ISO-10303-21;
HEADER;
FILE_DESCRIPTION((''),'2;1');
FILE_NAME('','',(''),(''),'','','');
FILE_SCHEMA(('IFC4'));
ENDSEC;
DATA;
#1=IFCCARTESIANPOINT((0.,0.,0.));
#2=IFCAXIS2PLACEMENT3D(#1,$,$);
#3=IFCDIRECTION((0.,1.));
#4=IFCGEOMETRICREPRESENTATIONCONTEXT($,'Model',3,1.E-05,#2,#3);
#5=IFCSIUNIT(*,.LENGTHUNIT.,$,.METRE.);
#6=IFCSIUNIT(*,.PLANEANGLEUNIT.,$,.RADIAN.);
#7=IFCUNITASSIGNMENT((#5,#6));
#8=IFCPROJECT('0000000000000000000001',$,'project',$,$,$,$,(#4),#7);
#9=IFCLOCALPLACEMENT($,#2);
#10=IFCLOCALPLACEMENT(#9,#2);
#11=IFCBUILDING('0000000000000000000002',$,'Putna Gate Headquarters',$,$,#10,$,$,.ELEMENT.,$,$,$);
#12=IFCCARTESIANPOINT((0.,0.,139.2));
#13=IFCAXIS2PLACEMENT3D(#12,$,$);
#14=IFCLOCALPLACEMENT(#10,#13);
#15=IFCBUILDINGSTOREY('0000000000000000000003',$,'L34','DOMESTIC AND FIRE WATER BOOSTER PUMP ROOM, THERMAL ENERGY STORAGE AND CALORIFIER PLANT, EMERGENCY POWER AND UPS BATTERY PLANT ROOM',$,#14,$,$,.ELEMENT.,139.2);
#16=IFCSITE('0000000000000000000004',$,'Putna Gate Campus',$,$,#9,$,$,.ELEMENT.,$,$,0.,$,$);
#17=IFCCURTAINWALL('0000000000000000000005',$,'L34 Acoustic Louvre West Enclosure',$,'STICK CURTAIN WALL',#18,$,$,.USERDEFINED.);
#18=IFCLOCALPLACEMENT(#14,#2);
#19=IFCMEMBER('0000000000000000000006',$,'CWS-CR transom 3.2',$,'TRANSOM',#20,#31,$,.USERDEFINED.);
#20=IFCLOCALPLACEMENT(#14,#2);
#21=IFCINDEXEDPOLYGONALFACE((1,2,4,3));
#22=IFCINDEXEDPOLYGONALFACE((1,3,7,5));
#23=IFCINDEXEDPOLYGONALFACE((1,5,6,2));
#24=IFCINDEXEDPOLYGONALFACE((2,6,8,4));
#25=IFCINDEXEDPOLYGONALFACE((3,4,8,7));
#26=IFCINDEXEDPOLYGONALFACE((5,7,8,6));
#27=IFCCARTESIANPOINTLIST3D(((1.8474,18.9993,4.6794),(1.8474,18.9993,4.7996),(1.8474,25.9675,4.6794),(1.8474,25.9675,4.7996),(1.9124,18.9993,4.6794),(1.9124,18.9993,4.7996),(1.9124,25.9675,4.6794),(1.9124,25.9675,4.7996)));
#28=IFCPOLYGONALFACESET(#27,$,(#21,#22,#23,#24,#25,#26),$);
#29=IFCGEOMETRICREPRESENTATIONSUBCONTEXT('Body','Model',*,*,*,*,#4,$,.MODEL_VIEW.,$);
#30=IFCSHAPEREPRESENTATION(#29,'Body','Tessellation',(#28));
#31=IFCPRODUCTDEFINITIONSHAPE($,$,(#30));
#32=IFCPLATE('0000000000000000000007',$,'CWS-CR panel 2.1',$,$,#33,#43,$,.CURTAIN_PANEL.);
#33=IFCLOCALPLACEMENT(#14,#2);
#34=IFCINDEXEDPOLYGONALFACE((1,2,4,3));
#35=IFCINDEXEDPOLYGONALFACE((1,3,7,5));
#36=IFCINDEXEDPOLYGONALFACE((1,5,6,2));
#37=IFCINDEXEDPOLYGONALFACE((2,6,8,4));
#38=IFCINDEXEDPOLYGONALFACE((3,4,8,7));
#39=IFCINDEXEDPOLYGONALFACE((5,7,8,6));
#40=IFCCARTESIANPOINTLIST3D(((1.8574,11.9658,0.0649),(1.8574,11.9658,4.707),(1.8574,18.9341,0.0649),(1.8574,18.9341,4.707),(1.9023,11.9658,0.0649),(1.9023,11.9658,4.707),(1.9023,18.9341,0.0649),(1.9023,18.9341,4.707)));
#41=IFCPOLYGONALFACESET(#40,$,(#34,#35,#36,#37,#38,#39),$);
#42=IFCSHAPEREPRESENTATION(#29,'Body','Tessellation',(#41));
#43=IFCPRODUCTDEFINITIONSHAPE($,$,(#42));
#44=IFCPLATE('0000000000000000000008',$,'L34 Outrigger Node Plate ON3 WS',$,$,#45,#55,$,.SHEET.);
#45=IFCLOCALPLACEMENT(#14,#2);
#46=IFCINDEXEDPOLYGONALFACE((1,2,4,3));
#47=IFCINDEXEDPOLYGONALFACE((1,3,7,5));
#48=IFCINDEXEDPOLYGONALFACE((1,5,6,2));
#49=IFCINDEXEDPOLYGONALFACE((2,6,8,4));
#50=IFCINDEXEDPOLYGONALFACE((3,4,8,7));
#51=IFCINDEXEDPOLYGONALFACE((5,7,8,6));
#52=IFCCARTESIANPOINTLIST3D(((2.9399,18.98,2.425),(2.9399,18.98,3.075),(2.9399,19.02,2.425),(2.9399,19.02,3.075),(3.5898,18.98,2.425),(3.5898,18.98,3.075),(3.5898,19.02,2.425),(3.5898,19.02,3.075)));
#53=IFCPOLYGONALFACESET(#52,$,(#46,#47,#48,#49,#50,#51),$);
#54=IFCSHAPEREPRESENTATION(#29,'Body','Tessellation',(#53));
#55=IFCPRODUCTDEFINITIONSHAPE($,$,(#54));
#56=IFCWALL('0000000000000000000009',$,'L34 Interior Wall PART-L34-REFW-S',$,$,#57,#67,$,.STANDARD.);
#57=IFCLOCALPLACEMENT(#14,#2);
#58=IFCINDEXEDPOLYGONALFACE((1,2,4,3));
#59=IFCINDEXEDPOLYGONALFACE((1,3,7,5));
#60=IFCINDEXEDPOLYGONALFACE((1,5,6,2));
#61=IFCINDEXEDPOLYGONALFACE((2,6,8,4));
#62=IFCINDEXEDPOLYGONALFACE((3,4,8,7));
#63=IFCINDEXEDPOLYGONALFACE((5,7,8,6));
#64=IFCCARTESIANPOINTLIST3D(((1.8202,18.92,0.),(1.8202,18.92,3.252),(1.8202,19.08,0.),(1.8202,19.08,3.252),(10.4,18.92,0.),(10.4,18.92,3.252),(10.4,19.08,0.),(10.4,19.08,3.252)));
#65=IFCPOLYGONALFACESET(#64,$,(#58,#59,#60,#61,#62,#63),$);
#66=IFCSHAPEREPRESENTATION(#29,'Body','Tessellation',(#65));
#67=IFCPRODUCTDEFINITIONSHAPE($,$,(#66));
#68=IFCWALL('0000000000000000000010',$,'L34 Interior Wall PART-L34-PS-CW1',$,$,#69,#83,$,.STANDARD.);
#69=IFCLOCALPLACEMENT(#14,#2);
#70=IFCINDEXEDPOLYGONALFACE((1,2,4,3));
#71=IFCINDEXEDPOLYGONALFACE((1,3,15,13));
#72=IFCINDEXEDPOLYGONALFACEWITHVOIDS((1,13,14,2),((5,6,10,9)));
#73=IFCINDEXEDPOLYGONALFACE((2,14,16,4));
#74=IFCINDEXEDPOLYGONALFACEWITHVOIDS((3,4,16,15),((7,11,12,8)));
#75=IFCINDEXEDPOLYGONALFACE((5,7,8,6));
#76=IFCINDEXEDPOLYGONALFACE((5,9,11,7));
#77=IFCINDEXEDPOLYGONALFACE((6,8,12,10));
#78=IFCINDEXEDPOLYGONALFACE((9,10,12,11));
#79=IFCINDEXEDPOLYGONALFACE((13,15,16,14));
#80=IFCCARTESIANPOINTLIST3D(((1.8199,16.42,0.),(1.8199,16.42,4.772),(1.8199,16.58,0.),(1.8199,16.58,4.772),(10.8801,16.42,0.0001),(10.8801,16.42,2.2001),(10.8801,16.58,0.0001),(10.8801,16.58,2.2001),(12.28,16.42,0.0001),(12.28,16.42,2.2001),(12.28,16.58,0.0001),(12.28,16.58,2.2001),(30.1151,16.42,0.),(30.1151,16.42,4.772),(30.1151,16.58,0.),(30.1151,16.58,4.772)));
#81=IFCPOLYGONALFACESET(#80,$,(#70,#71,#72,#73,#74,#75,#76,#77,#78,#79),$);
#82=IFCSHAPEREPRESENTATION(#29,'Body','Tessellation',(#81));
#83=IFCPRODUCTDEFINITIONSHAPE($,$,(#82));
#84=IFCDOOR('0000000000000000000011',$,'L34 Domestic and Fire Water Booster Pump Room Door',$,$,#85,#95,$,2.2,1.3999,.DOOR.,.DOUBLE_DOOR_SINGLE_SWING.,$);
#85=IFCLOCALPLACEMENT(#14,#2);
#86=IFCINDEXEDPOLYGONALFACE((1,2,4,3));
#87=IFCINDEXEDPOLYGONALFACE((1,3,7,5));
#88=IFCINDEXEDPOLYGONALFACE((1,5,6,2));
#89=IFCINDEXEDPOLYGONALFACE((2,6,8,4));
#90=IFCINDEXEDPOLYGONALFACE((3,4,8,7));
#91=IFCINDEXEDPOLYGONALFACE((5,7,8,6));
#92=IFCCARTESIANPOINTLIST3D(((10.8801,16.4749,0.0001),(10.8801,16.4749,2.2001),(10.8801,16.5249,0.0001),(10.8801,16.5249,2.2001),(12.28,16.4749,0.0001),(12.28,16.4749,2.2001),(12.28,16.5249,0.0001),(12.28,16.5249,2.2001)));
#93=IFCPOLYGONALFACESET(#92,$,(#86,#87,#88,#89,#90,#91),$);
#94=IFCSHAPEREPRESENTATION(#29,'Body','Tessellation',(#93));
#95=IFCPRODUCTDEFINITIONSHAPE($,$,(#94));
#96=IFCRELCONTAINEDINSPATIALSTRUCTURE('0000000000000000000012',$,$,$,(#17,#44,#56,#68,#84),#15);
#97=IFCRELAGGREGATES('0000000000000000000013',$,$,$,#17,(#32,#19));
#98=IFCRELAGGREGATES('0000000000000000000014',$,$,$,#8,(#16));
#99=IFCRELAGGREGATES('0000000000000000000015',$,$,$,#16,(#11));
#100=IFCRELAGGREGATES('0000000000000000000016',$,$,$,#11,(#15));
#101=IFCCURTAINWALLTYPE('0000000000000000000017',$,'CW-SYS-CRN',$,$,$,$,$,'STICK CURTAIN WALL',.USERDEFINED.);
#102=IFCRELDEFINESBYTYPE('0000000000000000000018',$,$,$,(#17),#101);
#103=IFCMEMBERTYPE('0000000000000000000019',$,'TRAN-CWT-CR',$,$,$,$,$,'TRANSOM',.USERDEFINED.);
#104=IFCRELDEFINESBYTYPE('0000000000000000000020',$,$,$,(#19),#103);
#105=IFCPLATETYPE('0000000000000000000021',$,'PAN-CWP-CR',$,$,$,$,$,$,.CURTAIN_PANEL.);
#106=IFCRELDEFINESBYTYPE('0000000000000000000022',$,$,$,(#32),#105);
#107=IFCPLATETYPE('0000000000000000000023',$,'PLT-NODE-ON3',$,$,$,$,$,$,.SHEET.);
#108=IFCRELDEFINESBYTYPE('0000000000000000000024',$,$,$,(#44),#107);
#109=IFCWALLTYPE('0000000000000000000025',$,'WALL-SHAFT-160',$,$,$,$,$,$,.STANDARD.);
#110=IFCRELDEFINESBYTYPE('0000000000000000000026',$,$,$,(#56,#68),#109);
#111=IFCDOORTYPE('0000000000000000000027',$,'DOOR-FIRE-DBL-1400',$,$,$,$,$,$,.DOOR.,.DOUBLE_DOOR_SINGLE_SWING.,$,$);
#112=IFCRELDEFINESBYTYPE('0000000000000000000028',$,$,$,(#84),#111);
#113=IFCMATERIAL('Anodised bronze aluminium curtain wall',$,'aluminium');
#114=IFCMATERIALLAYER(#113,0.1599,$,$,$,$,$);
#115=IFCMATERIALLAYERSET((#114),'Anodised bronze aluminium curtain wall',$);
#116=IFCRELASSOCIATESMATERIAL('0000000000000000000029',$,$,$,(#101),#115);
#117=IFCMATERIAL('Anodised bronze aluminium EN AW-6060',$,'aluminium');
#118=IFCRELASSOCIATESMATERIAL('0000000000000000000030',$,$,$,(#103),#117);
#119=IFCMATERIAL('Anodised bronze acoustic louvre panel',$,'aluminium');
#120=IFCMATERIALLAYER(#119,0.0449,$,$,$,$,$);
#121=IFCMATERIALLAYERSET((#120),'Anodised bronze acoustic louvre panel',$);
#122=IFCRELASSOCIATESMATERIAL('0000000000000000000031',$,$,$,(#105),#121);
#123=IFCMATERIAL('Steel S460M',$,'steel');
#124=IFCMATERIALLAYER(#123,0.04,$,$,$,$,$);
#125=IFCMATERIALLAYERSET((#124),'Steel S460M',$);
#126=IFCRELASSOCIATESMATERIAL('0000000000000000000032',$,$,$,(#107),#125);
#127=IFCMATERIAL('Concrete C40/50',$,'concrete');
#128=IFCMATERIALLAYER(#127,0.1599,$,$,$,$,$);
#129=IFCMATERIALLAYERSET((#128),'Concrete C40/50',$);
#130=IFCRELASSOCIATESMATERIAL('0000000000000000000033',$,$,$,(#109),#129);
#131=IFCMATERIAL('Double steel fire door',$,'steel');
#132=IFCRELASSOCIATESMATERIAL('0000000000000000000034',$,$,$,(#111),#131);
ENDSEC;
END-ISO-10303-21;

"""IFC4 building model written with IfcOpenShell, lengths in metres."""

from ifc_helpers import new_model, si_unit, direction, frame, frame_2d, origin, origin_2d, place, context, subcontext, project, spatial, rectangle, extrude, material, layer, layer_set, material_profile, profile_set, type_object, element, fill, aggregate, save


model = new_model("IFC4")

# Units and contexts
model_context = context("Model", 3, precision=1e-05, world=origin(), true_north=direction((0.0, 1.0)))
body_context = subcontext(model_context, "Body", "Model", "MODEL_VIEW")
ifc_project = project(units=[si_unit("LENGTHUNIT", "METRE"), si_unit("PLANEANGLEUNIT", "RADIAN")], contexts=[model_context])

# Site, building, storey
site_placement = place(None, origin())
site = spatial("IfcSite", under=ifc_project, at=site_placement, Name="Putna Gate Campus", CompositionType="ELEMENT", RefElevation=0.0)
building_placement = place(site_placement, origin())
building = spatial("IfcBuilding", under=site, at=building_placement, Name="Putna Gate Headquarters", CompositionType="ELEMENT")
storey_placement = place(building_placement, frame((0.0, 0.0, 139.2)))
storey = spatial("IfcBuildingStorey", under=building, at=storey_placement, Name="L34", Description="DOMESTIC AND FIRE WATER BOOSTER PUMP ROOM, THERMAL ENERGY STORAGE AND CALORIFIER PLANT, EMERGENCY POWER AND UPS BATTERY PLANT ROOM", CompositionType="ELEMENT", Elevation=139.2)

# Shared definitions
ifc_material_1 = material(Name="Steel S460M", Category="steel")

# Curtain wall, member, plate
ifc_material_2 = material(Name="Anodised bronze aluminium curtain wall", Category="aluminium")
ifc_layer_1 = layer(ifc_material_2, 0.1599)
ifc_layer_set_1 = layer_set([ifc_layer_1], Name="Anodised bronze aluminium curtain wall")
curtain_wall_type = type_object("IfcCurtainWallType", Name="CW-SYS-CRN", ElementType="STICK CURTAIN WALL", PredefinedType="USERDEFINED", material=ifc_layer_set_1)
curtain_wall_placement = place(storey_placement, origin())
curtain_wall = element("IfcCurtainWall", 1, at=curtain_wall_placement, inside=storey, type_object=curtain_wall_type, Name="L34 Acoustic Louvre West Enclosure", ObjectType="STICK CURTAIN WALL", PredefinedType="USERDEFINED")
ifc_material_3 = material(Name="Anodised bronze aluminium EN AW-6060", Category="aluminium")
ifc_material_profile_1 = material_profile(ifc_material_3, rectangle(XDim=0.0649, YDim=0.1201, at=origin_2d()), Name="Anodised bronze aluminium EN AW-6060")
ifc_profile_set_1 = profile_set([ifc_material_profile_1], Name="Anodised bronze aluminium EN AW-6060")
member_type_1 = type_object("IfcMemberType", Name="TRAN-CWT-CR", ElementType="TRANSOM", PredefinedType="USERDEFINED", material=ifc_profile_set_1)
member_1_placement = place(storey_placement, frame((1.8799, 18.9993, 4.7395), z_axis=(0.0, 1.0, 0.0), x_axis=(-1.0, 0.0, 0.0)))
member_1 = element("IfcMember", 2, at=member_1_placement, type_object=member_type_1, Name="CWS-CR transom 3.2", ObjectType="TRANSOM", PredefinedType="USERDEFINED", context=body_context, shape_type="SweptSolid", body=[
    extrude(rectangle(XDim=0.0649, YDim=0.1201, at=origin_2d()), origin(), (0.0, 0.0, 1.0), 6.9683),
])
ifc_material_4 = material(Name="Anodised bronze acoustic louvre panel", Category="aluminium")
ifc_layer_2 = layer(ifc_material_4, 0.0449)
ifc_layer_set_2 = layer_set([ifc_layer_2], Name="Anodised bronze acoustic louvre panel")
plate_type_1 = type_object("IfcPlateType", Name="PAN-CWP-CR", PredefinedType="CURTAIN_PANEL", material=ifc_layer_set_2)
plate_1_placement = place(storey_placement, frame((1.8799, 15.45, 0.0649), z_axis=(0.0, 0.0, 1.0), x_axis=(0.0, 1.0, 0.0)))
plate_1 = element("IfcPlate", 3, at=plate_1_placement, type_object=plate_type_1, Name="CWS-CR panel 2.1", PredefinedType="CURTAIN_PANEL", context=body_context, shape_type="SweptSolid", body=[
    extrude(rectangle(XDim=6.9683, YDim=0.0449, at=origin_2d()), origin(), (0.0, 0.0, 1.0), 4.6421),
])
aggregate(curtain_wall, [plate_1, member_1])

# Plate
ifc_layer_3 = layer(ifc_material_1, 0.04)
ifc_layer_set_3 = layer_set([ifc_layer_3], Name="Steel S460M")
plate_type_2 = type_object("IfcPlateType", Name="PLT-NODE-ON3", PredefinedType="SHEET", material=ifc_layer_set_3)
plate_2_placement = place(storey_placement, frame((3.2649, 19.0, 2.425), z_axis=(0.0, 0.0, 1.0), x_axis=(1.0, 0.0, 0.0)))
element("IfcPlate", 4, at=plate_2_placement, inside=storey, type_object=plate_type_2, Name="L34 Outrigger Node Plate ON3 WS", PredefinedType="SHEET", context=body_context, shape_type="SweptSolid", body=[
    extrude(rectangle(XDim=0.6499, YDim=0.04, at=origin_2d()), origin(), (0.0, 0.0, 1.0), 0.6499),
])

# Wall
ifc_material_5 = material(Name="Concrete C40/50", Category="concrete")
ifc_layer_4 = layer(ifc_material_5, 0.1599)
ifc_layer_set_4 = layer_set([ifc_layer_4], Name="Concrete C40/50")
wall_type = type_object("IfcWallType", Name="WALL-SHAFT-160", PredefinedType="STANDARD", material=ifc_layer_set_4)
wall_1_placement = place(storey_placement, frame((1.8201, 19.0, 0.0), z_axis=(0.0, 0.0, 1.0), x_axis=(1.0, 0.0, 0.0)))
element("IfcWall", 5, at=wall_1_placement, inside=storey, type_object=wall_type, Name="L34 Interior Wall PART-L34-REFW-S", PredefinedType="STANDARD", context=body_context, shape_type="SweptSolid", body=[
    extrude(rectangle(XDim=8.5798, YDim=0.1599, at=frame_2d((4.29, 0.0))), origin(), (0.0, 0.0, 1.0), 3.252),
])

# Wall, opening, door
wall_2_placement = place(storey_placement, frame((1.8201, 16.5, 0.0), z_axis=(0.0, 0.0, 1.0), x_axis=(1.0, 0.0, 0.0)))
wall_2 = element("IfcWall", 6, at=wall_2_placement, inside=storey, type_object=wall_type, Name="L34 Interior Wall PART-L34-PS-CW1", PredefinedType="STANDARD", context=body_context, shape_type="SweptSolid", body=[
    extrude(rectangle(XDim=28.2952, YDim=0.1599, at=frame_2d((14.1475, 0.0))), origin(), (0.0, 0.0, 1.0), 4.772),
])
opening_placement = place(wall_2_placement, frame((9.0601, 0.0, 0.0)))
opening = element("IfcOpeningElement", 7, at=opening_placement, cuts=wall_2, PredefinedType="OPENING", context=body_context, shape_type="SweptSolid", body=[
    extrude(rectangle(XDim=1.3999, YDim=2.2, at=frame_2d((0.7, 1.1001))), frame((0.0, 0.0898, 0.0), z_axis=(0.0, -1.0, 0.0), x_axis=(1.0, 0.0, 0.0)), (0.0, 0.0, 1.0), 0.1799),
])
ifc_material_6 = material(Name="Double steel fire door", Category="steel")
door_type = type_object("IfcDoorType", Name="DOOR-FIRE-DBL-1400", OperationType="DOUBLE_DOOR_SINGLE_SWING", PredefinedType="DOOR", material=ifc_material_6)
door_placement = place(opening_placement, origin())
door = element("IfcDoor", 8, at=door_placement, inside=storey, type_object=door_type, Name="L34 Domestic and Fire Water Booster Pump Room Door", OperationType="DOUBLE_DOOR_SINGLE_SWING", OverallHeight=2.2, OverallWidth=1.3999, PredefinedType="DOOR", context=body_context, shape_type="SweptSolid", body=[
    extrude(rectangle(XDim=1.3999, YDim=2.2, at=frame_2d((0.7, 1.1001))), frame((0.0, 0.0249, 0.0), z_axis=(0.0, -1.0, 0.0), x_axis=(1.0, 0.0, 0.0)), (0.0, 0.0, 1.0), 0.05),
])
fill(opening, door)

save(model, "model.ifc")
